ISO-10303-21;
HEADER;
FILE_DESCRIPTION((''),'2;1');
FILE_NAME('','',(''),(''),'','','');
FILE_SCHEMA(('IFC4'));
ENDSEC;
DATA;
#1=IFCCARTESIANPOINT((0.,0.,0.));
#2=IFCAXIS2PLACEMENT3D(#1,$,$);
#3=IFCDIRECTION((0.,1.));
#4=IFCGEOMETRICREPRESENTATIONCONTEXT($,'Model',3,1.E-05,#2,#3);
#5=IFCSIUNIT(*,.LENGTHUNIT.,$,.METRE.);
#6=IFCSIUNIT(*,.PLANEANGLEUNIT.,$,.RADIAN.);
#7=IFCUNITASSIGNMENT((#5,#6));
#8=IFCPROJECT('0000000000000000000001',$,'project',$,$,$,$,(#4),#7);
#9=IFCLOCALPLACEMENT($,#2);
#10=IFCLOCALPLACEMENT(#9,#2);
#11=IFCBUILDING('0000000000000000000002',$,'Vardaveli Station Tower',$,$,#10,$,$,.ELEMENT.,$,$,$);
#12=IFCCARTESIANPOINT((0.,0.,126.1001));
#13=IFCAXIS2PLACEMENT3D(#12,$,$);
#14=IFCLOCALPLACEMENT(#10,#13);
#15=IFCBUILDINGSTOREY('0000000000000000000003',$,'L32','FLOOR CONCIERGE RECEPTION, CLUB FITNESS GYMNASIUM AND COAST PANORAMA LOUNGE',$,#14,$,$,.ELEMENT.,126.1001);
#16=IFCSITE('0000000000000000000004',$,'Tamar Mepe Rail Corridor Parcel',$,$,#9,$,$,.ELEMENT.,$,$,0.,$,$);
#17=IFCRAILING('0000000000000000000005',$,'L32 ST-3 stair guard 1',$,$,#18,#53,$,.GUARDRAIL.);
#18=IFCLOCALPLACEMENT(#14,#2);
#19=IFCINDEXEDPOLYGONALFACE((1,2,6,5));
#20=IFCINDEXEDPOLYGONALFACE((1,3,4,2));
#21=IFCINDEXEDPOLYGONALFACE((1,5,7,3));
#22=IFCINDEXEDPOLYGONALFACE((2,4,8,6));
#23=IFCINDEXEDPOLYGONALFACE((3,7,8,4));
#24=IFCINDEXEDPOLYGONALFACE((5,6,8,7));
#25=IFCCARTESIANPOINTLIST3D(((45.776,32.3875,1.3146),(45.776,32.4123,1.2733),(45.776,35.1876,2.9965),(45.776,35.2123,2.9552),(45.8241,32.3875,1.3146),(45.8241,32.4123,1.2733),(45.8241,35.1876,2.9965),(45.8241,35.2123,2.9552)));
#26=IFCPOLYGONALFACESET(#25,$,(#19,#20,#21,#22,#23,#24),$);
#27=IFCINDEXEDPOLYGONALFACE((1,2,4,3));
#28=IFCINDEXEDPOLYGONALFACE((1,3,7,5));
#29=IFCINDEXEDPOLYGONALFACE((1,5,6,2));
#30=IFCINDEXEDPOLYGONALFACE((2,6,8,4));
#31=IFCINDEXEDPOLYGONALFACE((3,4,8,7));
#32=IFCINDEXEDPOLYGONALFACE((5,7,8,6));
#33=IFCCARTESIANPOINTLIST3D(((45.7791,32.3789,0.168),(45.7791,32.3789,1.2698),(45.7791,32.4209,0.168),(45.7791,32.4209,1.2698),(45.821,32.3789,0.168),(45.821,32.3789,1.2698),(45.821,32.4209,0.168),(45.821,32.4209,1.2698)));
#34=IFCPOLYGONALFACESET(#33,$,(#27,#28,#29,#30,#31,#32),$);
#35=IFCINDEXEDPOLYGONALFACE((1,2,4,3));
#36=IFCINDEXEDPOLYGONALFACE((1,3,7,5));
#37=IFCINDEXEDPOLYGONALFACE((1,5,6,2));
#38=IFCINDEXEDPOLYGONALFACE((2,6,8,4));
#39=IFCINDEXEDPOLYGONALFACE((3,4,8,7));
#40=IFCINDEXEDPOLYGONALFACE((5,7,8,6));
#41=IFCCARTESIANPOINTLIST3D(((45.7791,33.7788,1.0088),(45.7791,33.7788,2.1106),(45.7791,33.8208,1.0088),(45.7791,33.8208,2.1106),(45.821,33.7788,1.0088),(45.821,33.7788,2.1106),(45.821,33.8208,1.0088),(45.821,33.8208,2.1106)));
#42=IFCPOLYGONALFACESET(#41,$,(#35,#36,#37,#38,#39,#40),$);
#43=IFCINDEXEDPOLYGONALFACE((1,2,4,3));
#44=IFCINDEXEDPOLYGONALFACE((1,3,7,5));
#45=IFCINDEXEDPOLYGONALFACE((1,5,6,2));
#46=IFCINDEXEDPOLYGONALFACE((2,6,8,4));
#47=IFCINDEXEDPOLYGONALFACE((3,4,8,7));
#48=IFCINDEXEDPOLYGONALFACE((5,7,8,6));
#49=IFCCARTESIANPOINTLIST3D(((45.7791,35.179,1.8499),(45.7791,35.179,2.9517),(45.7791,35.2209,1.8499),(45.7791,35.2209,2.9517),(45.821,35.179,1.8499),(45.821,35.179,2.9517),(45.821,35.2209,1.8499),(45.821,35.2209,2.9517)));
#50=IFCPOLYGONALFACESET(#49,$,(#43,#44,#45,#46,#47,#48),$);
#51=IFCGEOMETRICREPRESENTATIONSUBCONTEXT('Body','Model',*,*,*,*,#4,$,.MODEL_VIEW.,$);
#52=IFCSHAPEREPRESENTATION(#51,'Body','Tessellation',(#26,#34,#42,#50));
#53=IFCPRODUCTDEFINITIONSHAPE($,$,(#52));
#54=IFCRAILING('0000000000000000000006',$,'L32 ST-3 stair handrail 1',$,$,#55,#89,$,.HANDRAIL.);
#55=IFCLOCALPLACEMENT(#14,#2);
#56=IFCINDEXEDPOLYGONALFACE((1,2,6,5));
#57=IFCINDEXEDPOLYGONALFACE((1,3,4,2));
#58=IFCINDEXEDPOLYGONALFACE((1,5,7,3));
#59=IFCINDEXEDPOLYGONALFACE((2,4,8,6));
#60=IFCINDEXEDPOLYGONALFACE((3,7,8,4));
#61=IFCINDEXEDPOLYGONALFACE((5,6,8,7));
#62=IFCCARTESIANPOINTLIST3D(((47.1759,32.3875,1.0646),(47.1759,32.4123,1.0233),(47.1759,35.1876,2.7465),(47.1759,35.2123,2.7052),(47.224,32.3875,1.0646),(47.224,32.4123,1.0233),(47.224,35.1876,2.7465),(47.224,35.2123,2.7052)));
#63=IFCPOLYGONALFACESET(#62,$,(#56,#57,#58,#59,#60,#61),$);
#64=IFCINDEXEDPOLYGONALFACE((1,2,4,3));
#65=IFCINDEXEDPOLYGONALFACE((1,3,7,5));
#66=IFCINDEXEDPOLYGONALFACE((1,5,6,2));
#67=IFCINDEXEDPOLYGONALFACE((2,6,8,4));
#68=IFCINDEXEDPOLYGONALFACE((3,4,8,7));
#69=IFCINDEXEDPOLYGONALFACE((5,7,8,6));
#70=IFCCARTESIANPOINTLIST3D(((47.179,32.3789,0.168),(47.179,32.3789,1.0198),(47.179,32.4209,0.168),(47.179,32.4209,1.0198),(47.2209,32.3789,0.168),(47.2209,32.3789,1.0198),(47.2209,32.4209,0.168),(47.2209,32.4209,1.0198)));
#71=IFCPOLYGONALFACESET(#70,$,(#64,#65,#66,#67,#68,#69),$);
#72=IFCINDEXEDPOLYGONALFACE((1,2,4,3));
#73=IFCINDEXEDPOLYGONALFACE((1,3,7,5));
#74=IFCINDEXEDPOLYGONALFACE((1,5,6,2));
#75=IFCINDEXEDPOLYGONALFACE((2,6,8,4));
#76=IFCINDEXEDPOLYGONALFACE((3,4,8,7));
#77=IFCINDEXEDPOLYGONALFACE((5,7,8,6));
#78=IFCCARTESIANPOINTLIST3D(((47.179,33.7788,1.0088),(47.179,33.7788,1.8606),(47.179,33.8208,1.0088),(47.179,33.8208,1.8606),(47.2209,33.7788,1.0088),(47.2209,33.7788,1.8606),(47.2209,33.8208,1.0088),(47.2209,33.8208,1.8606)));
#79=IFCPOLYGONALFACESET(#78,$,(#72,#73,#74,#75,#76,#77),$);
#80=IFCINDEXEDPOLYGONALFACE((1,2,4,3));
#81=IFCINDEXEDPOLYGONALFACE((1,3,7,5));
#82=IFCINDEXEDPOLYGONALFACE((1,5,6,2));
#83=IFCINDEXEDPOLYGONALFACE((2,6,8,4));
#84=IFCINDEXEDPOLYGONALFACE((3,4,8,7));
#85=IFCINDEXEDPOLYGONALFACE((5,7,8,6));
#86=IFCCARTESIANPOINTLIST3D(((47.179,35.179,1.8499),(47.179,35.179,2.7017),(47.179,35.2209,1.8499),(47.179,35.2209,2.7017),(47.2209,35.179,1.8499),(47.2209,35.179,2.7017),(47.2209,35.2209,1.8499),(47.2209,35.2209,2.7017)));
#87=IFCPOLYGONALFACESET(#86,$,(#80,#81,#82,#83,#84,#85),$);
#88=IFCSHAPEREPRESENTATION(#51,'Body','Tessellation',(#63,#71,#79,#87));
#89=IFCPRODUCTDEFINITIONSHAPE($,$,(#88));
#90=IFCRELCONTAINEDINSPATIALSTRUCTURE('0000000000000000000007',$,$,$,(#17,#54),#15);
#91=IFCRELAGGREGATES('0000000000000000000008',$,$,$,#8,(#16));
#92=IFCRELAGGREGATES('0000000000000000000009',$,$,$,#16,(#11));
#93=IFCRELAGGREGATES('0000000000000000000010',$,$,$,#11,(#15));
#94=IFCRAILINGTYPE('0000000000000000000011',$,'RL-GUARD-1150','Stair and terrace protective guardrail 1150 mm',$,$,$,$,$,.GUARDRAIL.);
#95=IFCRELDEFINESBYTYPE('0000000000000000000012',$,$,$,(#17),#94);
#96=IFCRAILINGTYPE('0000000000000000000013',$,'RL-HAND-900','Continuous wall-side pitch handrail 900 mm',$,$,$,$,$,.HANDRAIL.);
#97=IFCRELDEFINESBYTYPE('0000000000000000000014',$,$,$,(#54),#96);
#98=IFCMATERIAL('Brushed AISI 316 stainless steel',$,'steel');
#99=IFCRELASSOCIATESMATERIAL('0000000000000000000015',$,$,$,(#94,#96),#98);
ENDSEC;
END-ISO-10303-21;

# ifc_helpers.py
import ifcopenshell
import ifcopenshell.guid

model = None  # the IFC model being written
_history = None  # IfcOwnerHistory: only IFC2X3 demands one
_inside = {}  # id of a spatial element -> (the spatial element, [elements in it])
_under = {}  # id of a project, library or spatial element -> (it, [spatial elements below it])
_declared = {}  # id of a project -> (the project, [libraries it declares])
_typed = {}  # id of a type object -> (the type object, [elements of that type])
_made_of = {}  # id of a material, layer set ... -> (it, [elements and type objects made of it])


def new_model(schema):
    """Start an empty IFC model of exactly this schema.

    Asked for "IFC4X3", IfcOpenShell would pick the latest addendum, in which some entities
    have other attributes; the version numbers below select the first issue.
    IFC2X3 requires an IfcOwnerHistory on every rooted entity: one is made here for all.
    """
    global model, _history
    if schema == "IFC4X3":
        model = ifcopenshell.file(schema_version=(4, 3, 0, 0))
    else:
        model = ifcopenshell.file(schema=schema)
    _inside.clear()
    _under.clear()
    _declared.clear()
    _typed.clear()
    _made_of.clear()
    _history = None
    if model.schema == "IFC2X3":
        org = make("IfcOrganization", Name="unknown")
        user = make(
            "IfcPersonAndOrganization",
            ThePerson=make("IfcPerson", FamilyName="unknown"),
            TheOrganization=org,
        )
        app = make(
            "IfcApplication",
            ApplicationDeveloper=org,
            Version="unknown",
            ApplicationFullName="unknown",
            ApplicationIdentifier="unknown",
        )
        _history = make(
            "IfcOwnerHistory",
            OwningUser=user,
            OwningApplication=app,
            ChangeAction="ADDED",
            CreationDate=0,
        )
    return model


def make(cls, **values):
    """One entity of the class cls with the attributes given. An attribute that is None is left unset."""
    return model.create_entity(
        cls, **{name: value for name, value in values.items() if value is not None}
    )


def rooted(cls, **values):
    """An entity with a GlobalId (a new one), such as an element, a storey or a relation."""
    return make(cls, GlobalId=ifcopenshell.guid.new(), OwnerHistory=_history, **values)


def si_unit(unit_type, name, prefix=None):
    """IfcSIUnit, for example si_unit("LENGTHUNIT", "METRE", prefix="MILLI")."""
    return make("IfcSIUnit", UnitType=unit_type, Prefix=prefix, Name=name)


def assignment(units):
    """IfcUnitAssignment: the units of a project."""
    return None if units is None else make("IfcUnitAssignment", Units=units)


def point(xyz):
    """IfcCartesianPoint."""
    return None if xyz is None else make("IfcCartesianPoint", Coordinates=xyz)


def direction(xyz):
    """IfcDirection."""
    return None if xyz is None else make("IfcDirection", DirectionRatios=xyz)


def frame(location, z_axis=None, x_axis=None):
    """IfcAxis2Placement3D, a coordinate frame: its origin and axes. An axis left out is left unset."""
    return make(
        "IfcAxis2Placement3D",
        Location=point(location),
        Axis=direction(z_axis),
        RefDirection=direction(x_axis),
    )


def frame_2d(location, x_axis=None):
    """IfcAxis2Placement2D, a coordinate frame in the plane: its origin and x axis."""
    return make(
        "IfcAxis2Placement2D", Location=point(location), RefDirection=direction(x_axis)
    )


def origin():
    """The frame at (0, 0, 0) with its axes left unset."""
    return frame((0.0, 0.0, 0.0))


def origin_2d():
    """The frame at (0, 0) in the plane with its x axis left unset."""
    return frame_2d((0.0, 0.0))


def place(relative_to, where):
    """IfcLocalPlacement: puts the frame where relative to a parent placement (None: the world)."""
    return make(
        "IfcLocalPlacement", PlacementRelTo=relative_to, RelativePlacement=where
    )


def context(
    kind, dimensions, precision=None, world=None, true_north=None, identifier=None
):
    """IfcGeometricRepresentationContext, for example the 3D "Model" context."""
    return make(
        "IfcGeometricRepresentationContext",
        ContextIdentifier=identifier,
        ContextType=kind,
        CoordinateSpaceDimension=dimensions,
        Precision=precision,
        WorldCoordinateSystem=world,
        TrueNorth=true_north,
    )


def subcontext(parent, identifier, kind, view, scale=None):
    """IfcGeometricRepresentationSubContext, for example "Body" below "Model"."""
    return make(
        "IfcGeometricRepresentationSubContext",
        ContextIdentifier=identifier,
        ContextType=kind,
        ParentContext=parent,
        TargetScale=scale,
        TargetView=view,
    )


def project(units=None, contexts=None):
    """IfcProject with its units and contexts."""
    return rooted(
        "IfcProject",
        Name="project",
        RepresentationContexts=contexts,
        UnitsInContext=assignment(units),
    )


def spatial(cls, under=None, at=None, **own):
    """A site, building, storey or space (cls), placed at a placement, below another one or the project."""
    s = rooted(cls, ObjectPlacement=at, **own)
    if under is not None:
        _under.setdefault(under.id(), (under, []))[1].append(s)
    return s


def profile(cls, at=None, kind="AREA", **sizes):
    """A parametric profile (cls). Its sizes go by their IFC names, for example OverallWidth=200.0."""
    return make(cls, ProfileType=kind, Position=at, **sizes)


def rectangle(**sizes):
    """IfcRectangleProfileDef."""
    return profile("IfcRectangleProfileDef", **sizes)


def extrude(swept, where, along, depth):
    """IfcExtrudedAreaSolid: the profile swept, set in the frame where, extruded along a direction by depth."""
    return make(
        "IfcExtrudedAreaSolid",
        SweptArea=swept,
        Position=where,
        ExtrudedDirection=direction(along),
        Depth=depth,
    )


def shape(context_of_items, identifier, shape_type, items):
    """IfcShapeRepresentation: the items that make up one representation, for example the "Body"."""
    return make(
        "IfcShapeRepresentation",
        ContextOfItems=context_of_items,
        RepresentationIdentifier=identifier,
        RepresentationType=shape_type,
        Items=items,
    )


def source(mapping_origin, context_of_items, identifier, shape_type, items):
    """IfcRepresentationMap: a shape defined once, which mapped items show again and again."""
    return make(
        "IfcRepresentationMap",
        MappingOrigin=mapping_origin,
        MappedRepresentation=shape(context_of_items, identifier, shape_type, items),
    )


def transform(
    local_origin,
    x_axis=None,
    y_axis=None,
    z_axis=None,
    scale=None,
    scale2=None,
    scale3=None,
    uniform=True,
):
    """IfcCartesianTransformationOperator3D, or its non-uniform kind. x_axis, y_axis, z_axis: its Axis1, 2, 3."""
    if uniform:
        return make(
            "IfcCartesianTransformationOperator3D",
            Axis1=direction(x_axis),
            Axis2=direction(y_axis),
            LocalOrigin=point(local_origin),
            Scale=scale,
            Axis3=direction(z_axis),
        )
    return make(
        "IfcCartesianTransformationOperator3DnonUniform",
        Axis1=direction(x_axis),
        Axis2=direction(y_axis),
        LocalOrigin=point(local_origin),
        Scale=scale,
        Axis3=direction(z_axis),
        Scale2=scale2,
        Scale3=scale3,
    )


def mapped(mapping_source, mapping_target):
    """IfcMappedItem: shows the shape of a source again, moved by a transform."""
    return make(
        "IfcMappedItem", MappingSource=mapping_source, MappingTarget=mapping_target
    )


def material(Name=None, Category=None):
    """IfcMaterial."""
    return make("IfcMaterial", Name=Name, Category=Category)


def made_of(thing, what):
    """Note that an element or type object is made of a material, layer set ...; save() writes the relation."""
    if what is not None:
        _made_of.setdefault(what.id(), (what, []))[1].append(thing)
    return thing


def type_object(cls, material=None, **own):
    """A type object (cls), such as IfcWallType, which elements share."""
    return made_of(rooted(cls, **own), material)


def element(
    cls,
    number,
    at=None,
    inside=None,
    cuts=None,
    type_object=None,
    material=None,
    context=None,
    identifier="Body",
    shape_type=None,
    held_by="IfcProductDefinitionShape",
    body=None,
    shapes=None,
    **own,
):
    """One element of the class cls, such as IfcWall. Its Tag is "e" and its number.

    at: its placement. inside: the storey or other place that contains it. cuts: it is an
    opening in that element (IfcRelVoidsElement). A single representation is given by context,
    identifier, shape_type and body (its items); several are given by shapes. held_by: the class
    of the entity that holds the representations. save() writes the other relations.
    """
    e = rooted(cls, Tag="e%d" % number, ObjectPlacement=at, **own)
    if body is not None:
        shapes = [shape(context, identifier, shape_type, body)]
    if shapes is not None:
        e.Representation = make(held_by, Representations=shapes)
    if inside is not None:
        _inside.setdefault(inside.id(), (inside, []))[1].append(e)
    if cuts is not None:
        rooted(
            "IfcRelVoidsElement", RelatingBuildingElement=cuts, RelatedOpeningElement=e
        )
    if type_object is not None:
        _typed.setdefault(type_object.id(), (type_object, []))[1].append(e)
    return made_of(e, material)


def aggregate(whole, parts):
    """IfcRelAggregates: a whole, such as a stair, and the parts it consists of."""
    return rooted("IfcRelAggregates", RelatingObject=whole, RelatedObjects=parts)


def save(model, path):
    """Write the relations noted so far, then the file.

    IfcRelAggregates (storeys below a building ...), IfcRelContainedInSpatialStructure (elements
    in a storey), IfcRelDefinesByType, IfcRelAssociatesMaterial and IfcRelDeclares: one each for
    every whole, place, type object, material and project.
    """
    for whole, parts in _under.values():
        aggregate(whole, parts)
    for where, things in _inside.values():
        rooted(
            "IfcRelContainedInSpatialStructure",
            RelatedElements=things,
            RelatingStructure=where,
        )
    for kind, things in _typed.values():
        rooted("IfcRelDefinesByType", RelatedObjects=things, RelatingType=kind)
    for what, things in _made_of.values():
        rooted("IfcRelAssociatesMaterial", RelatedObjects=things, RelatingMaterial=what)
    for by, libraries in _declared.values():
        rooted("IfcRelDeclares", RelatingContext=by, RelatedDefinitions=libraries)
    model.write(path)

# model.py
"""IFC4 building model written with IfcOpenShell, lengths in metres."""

from ifc_helpers import new_model, si_unit, direction, frame, origin, origin_2d, place, context, subcontext, project, spatial, rectangle, extrude, source, transform, mapped, material, type_object, element, save


model = new_model("IFC4")

# Units and contexts
model_context = context("Model", 3, precision=1e-05, world=origin(), true_north=direction((0.0, 1.0)))
body_context = subcontext(model_context, "Body", "Model", "MODEL_VIEW")
ifc_project = project(units=[si_unit("LENGTHUNIT", "METRE"), si_unit("PLANEANGLEUNIT", "RADIAN")], contexts=[model_context])

# Site, building, storey
site_placement = place(None, origin())
site = spatial("IfcSite", under=ifc_project, at=site_placement, Name="Tamar Mepe Rail Corridor Parcel", CompositionType="ELEMENT", RefElevation=0.0)
building_placement = place(site_placement, origin())
building = spatial("IfcBuilding", under=site, at=building_placement, Name="Vardaveli Station Tower", CompositionType="ELEMENT")
storey_placement = place(building_placement, frame((0.0, 0.0, 126.1001)))
storey = spatial("IfcBuildingStorey", under=building, at=storey_placement, Name="L32", Description="FLOOR CONCIERGE RECEPTION, CLUB FITNESS GYMNASIUM AND COAST PANORAMA LOUNGE", CompositionType="ELEMENT", Elevation=126.1001)

# Railings
ifc_material_1 = material(Name="Brushed AISI 316 stainless steel", Category="steel")
railing_type_1 = type_object("IfcRailingType", Name="RL-GUARD-1150", Description="Stair and terrace protective guardrail 1150 mm", PredefinedType="GUARDRAIL", material=ifc_material_1)
railing_type_2 = type_object("IfcRailingType", Name="RL-HAND-900", Description="Continuous wall-side pitch handrail 900 mm", PredefinedType="HANDRAIL", material=ifc_material_1)
shared_shape_1 = source(origin(), body_context, "Body", "SweptSolid", [
    extrude(rectangle(XDim=0.0481, YDim=0.0481, at=origin_2d()), frame((0.0, 0.0, 1.126), z_axis=(0.0, 0.857242, 0.514913), x_axis=(-1.0, 0.0, 0.0)), (0.0, 0.0, 1.0), 3.2664),
    extrude(rectangle(XDim=0.042, YDim=0.042, at=origin_2d()), origin(), (0.0, 0.0, 1.0), 1.1018),
    extrude(rectangle(XDim=0.042, YDim=0.042, at=origin_2d()), frame((0.0, 1.3999, 0.8408)), (0.0, 0.0, 1.0), 1.1018),
    extrude(rectangle(XDim=0.042, YDim=0.042, at=origin_2d()), frame((0.0, 2.8, 1.6819)), (0.0, 0.0, 1.0), 1.1018),
])
railing_1_placement = place(storey_placement, frame((45.8, 32.3999, 0.168)))
element("IfcRailing", 1, at=railing_1_placement, inside=storey, type_object=railing_type_1, Name="L32 ST-3 stair guard 1", PredefinedType="GUARDRAIL", context=body_context, shape_type="MappedRepresentation", body=[
    mapped(shared_shape_1, transform((0.0, 0.0, 0.0), scale=1.0)),
])
shared_shape_2 = source(origin(), body_context, "Body", "SweptSolid", [
    extrude(rectangle(XDim=0.0481, YDim=0.0481, at=origin_2d()), frame((0.0, 0.0, 0.876), z_axis=(0.0, 0.857242, 0.514913), x_axis=(-1.0, 0.0, 0.0)), (0.0, 0.0, 1.0), 3.2664),
    extrude(rectangle(XDim=0.042, YDim=0.042, at=origin_2d()), origin(), (0.0, 0.0, 1.0), 0.8518),
    extrude(rectangle(XDim=0.042, YDim=0.042, at=origin_2d()), frame((0.0, 1.3999, 0.8408)), (0.0, 0.0, 1.0), 0.8518),
    extrude(rectangle(XDim=0.042, YDim=0.042, at=origin_2d()), frame((0.0, 2.8, 1.6819)), (0.0, 0.0, 1.0), 0.8518),
])
railing_2_placement = place(storey_placement, frame((47.2, 32.3999, 0.168)))
element("IfcRailing", 2, at=railing_2_placement, inside=storey, type_object=railing_type_2, Name="L32 ST-3 stair handrail 1", PredefinedType="HANDRAIL", context=body_context, shape_type="MappedRepresentation", body=[
    mapped(shared_shape_2, transform((0.0, 0.0, 0.0), scale=1.0)),
])

save(model, "model.ifc")
